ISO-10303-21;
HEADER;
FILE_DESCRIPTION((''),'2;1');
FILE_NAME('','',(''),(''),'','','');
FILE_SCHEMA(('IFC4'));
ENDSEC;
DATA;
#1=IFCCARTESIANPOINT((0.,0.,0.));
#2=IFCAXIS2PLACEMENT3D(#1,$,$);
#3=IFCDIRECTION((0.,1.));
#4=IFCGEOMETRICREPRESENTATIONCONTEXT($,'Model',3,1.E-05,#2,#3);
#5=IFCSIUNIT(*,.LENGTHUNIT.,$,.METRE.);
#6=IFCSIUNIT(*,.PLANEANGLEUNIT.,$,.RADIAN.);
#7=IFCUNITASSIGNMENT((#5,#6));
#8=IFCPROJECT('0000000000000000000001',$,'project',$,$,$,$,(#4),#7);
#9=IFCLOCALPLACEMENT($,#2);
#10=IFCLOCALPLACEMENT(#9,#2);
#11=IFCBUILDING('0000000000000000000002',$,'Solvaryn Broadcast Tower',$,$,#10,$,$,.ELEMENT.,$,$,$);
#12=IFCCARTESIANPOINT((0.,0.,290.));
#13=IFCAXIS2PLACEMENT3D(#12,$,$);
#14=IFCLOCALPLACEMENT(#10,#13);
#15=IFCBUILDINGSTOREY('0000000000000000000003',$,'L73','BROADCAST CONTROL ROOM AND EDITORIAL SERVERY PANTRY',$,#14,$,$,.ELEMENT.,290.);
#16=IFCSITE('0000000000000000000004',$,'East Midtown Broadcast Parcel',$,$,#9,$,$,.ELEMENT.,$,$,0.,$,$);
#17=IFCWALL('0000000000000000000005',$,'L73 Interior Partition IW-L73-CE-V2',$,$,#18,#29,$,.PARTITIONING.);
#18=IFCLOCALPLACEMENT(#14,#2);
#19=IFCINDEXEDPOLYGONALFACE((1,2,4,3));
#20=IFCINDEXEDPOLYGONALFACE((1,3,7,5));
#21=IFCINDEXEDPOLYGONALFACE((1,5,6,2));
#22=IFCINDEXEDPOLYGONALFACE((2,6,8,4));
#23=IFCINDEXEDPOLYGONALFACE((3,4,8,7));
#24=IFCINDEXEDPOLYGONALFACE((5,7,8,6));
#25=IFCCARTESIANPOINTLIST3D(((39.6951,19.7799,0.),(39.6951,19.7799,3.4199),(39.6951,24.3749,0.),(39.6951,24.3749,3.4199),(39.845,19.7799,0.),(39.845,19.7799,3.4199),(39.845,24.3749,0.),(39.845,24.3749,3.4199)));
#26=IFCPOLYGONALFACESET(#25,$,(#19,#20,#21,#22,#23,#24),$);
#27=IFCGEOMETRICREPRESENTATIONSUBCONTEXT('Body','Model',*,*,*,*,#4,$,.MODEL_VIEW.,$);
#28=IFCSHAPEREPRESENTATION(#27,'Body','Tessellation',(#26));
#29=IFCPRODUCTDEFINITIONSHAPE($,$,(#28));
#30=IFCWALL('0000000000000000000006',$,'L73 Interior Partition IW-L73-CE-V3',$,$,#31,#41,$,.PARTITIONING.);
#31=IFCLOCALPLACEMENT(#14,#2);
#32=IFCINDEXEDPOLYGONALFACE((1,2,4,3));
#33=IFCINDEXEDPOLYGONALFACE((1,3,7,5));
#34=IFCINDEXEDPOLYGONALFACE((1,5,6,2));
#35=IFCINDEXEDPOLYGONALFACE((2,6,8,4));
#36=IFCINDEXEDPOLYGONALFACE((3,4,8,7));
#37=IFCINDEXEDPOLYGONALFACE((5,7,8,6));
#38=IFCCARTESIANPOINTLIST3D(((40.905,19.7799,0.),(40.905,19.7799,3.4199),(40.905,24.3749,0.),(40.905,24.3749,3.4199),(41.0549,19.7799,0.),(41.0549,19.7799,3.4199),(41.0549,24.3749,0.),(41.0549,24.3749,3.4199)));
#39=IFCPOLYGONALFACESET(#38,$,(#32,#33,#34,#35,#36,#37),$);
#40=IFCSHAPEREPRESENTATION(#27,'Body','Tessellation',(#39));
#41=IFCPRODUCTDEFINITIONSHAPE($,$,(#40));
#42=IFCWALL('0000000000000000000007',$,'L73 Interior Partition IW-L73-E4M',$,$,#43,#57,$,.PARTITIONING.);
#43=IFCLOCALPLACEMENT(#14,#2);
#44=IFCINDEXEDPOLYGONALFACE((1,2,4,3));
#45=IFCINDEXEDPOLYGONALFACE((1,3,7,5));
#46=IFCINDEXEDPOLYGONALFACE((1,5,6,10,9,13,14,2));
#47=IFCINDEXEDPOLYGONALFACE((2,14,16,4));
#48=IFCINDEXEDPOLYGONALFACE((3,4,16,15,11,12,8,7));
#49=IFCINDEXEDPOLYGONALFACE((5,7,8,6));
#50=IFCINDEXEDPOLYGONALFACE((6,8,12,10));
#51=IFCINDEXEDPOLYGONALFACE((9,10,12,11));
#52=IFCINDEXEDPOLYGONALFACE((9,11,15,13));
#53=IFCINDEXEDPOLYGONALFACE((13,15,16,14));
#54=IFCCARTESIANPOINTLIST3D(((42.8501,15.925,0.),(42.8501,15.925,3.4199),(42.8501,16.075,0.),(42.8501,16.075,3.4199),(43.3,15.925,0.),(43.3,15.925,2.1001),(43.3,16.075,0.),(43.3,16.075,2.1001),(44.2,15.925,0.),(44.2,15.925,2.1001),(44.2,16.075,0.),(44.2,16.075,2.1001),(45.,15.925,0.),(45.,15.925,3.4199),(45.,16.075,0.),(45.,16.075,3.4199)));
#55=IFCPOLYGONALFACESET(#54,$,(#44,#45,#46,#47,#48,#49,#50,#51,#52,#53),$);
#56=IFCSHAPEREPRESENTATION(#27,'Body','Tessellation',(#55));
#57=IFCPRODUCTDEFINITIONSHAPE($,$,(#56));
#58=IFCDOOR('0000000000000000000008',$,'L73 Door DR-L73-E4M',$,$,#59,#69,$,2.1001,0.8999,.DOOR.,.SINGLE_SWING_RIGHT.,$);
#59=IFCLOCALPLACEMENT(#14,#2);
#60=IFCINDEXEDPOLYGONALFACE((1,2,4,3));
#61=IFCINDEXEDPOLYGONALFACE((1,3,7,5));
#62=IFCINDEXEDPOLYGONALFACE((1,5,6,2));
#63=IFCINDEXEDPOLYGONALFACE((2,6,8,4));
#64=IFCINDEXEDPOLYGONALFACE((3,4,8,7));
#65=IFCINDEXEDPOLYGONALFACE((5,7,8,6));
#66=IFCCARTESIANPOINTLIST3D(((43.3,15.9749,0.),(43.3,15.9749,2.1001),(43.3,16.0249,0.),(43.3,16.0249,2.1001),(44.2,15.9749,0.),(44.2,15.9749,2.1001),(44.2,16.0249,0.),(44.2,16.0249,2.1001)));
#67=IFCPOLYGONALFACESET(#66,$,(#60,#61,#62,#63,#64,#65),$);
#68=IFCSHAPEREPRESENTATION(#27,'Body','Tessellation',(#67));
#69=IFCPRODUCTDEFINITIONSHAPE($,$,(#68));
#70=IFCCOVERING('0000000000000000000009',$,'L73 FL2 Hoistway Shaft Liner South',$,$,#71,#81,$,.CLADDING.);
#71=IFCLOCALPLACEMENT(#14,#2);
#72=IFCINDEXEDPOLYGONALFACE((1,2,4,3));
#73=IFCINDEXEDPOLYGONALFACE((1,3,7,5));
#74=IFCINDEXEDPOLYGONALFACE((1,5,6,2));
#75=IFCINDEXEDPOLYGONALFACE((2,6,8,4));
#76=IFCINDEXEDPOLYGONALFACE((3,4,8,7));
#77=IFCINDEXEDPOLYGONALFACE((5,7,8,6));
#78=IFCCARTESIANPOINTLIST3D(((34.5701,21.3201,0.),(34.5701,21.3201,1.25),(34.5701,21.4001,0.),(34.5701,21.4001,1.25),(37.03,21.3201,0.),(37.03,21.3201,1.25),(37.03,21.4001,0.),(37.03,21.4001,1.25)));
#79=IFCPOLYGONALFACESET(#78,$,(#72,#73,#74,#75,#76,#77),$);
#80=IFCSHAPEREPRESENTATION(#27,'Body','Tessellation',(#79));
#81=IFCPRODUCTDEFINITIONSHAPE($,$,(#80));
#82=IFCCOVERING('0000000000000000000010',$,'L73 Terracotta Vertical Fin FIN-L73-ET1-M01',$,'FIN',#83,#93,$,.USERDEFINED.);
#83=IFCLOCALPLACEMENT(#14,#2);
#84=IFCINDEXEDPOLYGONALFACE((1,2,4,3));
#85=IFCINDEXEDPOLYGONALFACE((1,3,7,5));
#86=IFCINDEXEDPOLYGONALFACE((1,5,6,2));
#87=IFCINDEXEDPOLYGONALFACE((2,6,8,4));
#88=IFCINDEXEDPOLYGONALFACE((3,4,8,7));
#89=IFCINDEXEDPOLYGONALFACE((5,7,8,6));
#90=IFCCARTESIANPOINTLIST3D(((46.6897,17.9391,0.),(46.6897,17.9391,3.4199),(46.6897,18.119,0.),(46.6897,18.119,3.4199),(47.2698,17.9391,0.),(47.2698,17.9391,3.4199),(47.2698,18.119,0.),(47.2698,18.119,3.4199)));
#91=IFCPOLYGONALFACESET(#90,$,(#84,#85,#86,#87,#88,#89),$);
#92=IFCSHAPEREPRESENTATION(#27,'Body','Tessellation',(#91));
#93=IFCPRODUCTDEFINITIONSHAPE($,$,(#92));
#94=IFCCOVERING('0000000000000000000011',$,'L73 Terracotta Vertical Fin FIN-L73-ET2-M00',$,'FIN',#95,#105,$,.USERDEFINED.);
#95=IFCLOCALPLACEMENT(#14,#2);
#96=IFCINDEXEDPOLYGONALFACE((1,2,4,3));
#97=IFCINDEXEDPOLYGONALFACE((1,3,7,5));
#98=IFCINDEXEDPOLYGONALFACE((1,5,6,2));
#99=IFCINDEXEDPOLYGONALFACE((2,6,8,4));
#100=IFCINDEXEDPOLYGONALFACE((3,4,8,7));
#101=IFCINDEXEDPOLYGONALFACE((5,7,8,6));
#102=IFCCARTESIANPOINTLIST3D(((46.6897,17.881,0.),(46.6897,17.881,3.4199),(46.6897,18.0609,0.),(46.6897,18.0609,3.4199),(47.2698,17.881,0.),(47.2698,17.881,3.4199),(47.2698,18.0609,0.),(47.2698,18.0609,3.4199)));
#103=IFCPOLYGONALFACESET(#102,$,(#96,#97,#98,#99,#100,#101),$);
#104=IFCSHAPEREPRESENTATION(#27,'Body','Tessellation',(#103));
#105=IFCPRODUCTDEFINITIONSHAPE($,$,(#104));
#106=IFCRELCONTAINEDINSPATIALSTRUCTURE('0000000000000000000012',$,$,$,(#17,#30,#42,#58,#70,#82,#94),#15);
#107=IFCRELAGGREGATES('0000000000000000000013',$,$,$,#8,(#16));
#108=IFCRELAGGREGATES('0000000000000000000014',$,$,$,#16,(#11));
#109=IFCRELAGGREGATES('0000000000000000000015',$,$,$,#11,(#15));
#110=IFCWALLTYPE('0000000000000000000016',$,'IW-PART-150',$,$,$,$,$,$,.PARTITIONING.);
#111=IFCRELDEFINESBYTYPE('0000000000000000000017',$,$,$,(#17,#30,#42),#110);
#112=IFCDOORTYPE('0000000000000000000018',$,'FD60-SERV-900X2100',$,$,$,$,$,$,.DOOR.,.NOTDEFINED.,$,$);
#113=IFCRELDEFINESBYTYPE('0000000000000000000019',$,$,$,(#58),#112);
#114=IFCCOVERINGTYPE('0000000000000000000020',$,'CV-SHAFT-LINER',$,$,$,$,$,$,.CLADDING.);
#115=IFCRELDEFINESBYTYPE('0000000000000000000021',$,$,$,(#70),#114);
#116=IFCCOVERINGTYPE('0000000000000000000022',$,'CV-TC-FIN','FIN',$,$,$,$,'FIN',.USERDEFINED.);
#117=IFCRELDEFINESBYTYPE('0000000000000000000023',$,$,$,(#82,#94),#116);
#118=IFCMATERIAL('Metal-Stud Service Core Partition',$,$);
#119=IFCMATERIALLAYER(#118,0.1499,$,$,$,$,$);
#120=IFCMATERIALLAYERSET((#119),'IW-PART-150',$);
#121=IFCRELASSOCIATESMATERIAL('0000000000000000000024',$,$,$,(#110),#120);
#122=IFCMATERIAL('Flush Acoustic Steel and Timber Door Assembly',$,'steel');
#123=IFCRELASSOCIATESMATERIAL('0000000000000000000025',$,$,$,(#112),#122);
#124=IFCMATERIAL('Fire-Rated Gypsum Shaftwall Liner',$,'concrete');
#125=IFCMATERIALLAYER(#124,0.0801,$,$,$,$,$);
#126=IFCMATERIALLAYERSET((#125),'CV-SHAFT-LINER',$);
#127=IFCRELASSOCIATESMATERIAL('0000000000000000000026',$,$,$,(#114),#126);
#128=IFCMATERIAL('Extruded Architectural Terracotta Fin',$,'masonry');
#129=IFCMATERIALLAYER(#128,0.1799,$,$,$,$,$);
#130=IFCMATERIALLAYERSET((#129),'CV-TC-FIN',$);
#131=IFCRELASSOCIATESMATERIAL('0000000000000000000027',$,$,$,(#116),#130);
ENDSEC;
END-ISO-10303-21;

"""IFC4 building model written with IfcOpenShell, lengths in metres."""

from ifc_helpers import new_model, si_unit, direction, frame, frame_2d, origin, origin_2d, place, context, subcontext, project, spatial, rectangle, extrude, material, layer, layer_set, type_object, element, fill, save


model = new_model("IFC4")

# Units and contexts
model_context = context("Model", 3, precision=1e-05, world=origin(), true_north=direction((0.0, 1.0)))
body_context = subcontext(model_context, "Body", "Model", "MODEL_VIEW")
ifc_project = project(units=[si_unit("LENGTHUNIT", "METRE"), si_unit("PLANEANGLEUNIT", "RADIAN")], contexts=[model_context])

# Site, building, storey
site_placement = place(None, origin())
site = spatial("IfcSite", under=ifc_project, at=site_placement, Name="East Midtown Broadcast Parcel", CompositionType="ELEMENT", RefElevation=0.0)
building_placement = place(site_placement, origin())
building = spatial("IfcBuilding", under=site, at=building_placement, Name="Solvaryn Broadcast Tower", CompositionType="ELEMENT")
storey_placement = place(building_placement, frame((0.0, 0.0, 290.0)))
storey = spatial("IfcBuildingStorey", under=building, at=storey_placement, Name="L73", Description="BROADCAST CONTROL ROOM AND EDITORIAL SERVERY PANTRY", CompositionType="ELEMENT", Elevation=290.0)

# Walls
ifc_material_1 = material(Name="Metal-Stud Service Core Partition")
ifc_layer_1 = layer(ifc_material_1, 0.1499)
ifc_layer_set_1 = layer_set([ifc_layer_1], Name="IW-PART-150")
wall_type_1 = type_object("IfcWallType", Name="IW-PART-150", PredefinedType="PARTITIONING", material=ifc_layer_set_1)
for number, where, z_axis, x_axis, name in (
    (1, (39.77, 19.78, 0.0), (0.0, 0.0, 1.0), (0.0, 1.0, 0.0), "L73 Interior Partition IW-L73-CE-V2"),
    (2, (40.98, 19.78, 0.0), (0.0, 0.0, 1.0), (0.0, 1.0, 0.0), "L73 Interior Partition IW-L73-CE-V3"),
):
    element("IfcWall", number, at=place(storey_placement, frame(where, z_axis=z_axis, x_axis=x_axis)), inside=storey, type_object=wall_type_1, Name=name, PredefinedType="PARTITIONING", context=body_context, shape_type="SweptSolid", body=[
        extrude(rectangle(XDim=4.595, YDim=0.1499, at=frame_2d((2.2974, 0.0))), origin(), (0.0, 0.0, 1.0), 3.4199),
    ])

# Wall, opening, door
wall_1_placement = place(storey_placement, frame((42.8501, 16.0, 0.0), z_axis=(0.0, 0.0, 1.0), x_axis=(1.0, 0.0, 0.0)))
wall_1 = element("IfcWall", 3, at=wall_1_placement, inside=storey, type_object=wall_type_1, Name="L73 Interior Partition IW-L73-E4M", PredefinedType="PARTITIONING", context=body_context, shape_type="SweptSolid", body=[
    extrude(rectangle(XDim=2.1499, YDim=0.1499, at=frame_2d((1.075, 0.0))), origin(), (0.0, 0.0, 1.0), 3.4199),
])
opening_1_placement = place(wall_1_placement, frame((0.45, 0.0, 0.0)))
opening_1 = element("IfcOpeningElement", 4, at=opening_1_placement, cuts=wall_1, PredefinedType="OPENING", context=body_context, shape_type="SweptSolid", body=[
    extrude(rectangle(XDim=0.8999, YDim=2.1001, at=frame_2d((0.45, 1.05))), frame((0.0, 0.085, 0.0), z_axis=(0.0, -1.0, 0.0), x_axis=(1.0, 0.0, 0.0)), (0.0, 0.0, 1.0), 0.1699),
])
ifc_material_2 = material(Name="Flush Acoustic Steel and Timber Door Assembly", Category="steel")
door_type_1 = type_object("IfcDoorType", Name="FD60-SERV-900X2100", OperationType="NOTDEFINED", PredefinedType="DOOR", material=ifc_material_2)
door_1_placement = place(opening_1_placement, origin())
door_1 = element("IfcDoor", 5, at=door_1_placement, inside=storey, type_object=door_type_1, Name="L73 Door DR-L73-E4M", OperationType="SINGLE_SWING_RIGHT", OverallHeight=2.1001, OverallWidth=0.8999, PredefinedType="DOOR", context=body_context, shape_type="SweptSolid", body=[
    extrude(rectangle(XDim=0.8999, YDim=2.1001, at=frame_2d((0.45, 1.05))), frame((0.0, 0.0249, 0.0), z_axis=(0.0, -1.0, 0.0), x_axis=(1.0, 0.0, 0.0)), (0.0, 0.0, 1.0), 0.05),
])
fill(opening_1, door_1)

# Coverings
ifc_material_3 = material(Name="Fire-Rated Gypsum Shaftwall Liner", Category="concrete")
ifc_layer_2 = layer(ifc_material_3, 0.0801)
ifc_layer_set_2 = layer_set([ifc_layer_2], Name="CV-SHAFT-LINER")
covering_type_1 = type_object("IfcCoveringType", Name="CV-SHAFT-LINER", PredefinedType="CLADDING", material=ifc_layer_set_2)
covering_placement = place(storey_placement, frame((35.8, 21.3601, 0.0), z_axis=(0.0, 0.0, 1.0), x_axis=(1.0, 0.0, 0.0)))
element("IfcCovering", 6, at=covering_placement, inside=storey, type_object=covering_type_1, Name="L73 FL2 Hoistway Shaft Liner South", PredefinedType="CLADDING", context=body_context, shape_type="SweptSolid", body=[
    extrude(rectangle(XDim=2.46, YDim=0.0801, at=origin_2d()), origin(), (0.0, 0.0, 1.0), 1.25),
])
ifc_material_4 = material(Name="Extruded Architectural Terracotta Fin", Category="masonry")
ifc_layer_3 = layer(ifc_material_4, 0.1799)
ifc_layer_set_3 = layer_set([ifc_layer_3], Name="CV-TC-FIN")
covering_type_2 = type_object("IfcCoveringType", Name="CV-TC-FIN", Description="FIN", ElementType="FIN", PredefinedType="USERDEFINED", material=ifc_layer_set_3)
for number, where, z_axis, x_axis, name in (
    (7, (46.9797, 18.0291, 0.0), (0.0, 0.0, 1.0), (1.0, 0.0, 0.0), "L73 Terracotta Vertical Fin FIN-L73-ET1-M01"),
    (8, (46.9797, 17.9709, 0.0), (0.0, 0.0, 1.0), (1.0, 0.0, 0.0), "L73 Terracotta Vertical Fin FIN-L73-ET2-M00"),
):
    element("IfcCovering", number, at=place(storey_placement, frame(where, z_axis=z_axis, x_axis=x_axis)), inside=storey, type_object=covering_type_2, Name=name, ObjectType="FIN", PredefinedType="USERDEFINED", context=body_context, shape_type="SweptSolid", body=[
        extrude(rectangle(XDim=0.5801, YDim=0.1799, at=origin_2d()), origin(), (0.0, 0.0, 1.0), 3.4199),
    ])

save(model, "model.ifc")
